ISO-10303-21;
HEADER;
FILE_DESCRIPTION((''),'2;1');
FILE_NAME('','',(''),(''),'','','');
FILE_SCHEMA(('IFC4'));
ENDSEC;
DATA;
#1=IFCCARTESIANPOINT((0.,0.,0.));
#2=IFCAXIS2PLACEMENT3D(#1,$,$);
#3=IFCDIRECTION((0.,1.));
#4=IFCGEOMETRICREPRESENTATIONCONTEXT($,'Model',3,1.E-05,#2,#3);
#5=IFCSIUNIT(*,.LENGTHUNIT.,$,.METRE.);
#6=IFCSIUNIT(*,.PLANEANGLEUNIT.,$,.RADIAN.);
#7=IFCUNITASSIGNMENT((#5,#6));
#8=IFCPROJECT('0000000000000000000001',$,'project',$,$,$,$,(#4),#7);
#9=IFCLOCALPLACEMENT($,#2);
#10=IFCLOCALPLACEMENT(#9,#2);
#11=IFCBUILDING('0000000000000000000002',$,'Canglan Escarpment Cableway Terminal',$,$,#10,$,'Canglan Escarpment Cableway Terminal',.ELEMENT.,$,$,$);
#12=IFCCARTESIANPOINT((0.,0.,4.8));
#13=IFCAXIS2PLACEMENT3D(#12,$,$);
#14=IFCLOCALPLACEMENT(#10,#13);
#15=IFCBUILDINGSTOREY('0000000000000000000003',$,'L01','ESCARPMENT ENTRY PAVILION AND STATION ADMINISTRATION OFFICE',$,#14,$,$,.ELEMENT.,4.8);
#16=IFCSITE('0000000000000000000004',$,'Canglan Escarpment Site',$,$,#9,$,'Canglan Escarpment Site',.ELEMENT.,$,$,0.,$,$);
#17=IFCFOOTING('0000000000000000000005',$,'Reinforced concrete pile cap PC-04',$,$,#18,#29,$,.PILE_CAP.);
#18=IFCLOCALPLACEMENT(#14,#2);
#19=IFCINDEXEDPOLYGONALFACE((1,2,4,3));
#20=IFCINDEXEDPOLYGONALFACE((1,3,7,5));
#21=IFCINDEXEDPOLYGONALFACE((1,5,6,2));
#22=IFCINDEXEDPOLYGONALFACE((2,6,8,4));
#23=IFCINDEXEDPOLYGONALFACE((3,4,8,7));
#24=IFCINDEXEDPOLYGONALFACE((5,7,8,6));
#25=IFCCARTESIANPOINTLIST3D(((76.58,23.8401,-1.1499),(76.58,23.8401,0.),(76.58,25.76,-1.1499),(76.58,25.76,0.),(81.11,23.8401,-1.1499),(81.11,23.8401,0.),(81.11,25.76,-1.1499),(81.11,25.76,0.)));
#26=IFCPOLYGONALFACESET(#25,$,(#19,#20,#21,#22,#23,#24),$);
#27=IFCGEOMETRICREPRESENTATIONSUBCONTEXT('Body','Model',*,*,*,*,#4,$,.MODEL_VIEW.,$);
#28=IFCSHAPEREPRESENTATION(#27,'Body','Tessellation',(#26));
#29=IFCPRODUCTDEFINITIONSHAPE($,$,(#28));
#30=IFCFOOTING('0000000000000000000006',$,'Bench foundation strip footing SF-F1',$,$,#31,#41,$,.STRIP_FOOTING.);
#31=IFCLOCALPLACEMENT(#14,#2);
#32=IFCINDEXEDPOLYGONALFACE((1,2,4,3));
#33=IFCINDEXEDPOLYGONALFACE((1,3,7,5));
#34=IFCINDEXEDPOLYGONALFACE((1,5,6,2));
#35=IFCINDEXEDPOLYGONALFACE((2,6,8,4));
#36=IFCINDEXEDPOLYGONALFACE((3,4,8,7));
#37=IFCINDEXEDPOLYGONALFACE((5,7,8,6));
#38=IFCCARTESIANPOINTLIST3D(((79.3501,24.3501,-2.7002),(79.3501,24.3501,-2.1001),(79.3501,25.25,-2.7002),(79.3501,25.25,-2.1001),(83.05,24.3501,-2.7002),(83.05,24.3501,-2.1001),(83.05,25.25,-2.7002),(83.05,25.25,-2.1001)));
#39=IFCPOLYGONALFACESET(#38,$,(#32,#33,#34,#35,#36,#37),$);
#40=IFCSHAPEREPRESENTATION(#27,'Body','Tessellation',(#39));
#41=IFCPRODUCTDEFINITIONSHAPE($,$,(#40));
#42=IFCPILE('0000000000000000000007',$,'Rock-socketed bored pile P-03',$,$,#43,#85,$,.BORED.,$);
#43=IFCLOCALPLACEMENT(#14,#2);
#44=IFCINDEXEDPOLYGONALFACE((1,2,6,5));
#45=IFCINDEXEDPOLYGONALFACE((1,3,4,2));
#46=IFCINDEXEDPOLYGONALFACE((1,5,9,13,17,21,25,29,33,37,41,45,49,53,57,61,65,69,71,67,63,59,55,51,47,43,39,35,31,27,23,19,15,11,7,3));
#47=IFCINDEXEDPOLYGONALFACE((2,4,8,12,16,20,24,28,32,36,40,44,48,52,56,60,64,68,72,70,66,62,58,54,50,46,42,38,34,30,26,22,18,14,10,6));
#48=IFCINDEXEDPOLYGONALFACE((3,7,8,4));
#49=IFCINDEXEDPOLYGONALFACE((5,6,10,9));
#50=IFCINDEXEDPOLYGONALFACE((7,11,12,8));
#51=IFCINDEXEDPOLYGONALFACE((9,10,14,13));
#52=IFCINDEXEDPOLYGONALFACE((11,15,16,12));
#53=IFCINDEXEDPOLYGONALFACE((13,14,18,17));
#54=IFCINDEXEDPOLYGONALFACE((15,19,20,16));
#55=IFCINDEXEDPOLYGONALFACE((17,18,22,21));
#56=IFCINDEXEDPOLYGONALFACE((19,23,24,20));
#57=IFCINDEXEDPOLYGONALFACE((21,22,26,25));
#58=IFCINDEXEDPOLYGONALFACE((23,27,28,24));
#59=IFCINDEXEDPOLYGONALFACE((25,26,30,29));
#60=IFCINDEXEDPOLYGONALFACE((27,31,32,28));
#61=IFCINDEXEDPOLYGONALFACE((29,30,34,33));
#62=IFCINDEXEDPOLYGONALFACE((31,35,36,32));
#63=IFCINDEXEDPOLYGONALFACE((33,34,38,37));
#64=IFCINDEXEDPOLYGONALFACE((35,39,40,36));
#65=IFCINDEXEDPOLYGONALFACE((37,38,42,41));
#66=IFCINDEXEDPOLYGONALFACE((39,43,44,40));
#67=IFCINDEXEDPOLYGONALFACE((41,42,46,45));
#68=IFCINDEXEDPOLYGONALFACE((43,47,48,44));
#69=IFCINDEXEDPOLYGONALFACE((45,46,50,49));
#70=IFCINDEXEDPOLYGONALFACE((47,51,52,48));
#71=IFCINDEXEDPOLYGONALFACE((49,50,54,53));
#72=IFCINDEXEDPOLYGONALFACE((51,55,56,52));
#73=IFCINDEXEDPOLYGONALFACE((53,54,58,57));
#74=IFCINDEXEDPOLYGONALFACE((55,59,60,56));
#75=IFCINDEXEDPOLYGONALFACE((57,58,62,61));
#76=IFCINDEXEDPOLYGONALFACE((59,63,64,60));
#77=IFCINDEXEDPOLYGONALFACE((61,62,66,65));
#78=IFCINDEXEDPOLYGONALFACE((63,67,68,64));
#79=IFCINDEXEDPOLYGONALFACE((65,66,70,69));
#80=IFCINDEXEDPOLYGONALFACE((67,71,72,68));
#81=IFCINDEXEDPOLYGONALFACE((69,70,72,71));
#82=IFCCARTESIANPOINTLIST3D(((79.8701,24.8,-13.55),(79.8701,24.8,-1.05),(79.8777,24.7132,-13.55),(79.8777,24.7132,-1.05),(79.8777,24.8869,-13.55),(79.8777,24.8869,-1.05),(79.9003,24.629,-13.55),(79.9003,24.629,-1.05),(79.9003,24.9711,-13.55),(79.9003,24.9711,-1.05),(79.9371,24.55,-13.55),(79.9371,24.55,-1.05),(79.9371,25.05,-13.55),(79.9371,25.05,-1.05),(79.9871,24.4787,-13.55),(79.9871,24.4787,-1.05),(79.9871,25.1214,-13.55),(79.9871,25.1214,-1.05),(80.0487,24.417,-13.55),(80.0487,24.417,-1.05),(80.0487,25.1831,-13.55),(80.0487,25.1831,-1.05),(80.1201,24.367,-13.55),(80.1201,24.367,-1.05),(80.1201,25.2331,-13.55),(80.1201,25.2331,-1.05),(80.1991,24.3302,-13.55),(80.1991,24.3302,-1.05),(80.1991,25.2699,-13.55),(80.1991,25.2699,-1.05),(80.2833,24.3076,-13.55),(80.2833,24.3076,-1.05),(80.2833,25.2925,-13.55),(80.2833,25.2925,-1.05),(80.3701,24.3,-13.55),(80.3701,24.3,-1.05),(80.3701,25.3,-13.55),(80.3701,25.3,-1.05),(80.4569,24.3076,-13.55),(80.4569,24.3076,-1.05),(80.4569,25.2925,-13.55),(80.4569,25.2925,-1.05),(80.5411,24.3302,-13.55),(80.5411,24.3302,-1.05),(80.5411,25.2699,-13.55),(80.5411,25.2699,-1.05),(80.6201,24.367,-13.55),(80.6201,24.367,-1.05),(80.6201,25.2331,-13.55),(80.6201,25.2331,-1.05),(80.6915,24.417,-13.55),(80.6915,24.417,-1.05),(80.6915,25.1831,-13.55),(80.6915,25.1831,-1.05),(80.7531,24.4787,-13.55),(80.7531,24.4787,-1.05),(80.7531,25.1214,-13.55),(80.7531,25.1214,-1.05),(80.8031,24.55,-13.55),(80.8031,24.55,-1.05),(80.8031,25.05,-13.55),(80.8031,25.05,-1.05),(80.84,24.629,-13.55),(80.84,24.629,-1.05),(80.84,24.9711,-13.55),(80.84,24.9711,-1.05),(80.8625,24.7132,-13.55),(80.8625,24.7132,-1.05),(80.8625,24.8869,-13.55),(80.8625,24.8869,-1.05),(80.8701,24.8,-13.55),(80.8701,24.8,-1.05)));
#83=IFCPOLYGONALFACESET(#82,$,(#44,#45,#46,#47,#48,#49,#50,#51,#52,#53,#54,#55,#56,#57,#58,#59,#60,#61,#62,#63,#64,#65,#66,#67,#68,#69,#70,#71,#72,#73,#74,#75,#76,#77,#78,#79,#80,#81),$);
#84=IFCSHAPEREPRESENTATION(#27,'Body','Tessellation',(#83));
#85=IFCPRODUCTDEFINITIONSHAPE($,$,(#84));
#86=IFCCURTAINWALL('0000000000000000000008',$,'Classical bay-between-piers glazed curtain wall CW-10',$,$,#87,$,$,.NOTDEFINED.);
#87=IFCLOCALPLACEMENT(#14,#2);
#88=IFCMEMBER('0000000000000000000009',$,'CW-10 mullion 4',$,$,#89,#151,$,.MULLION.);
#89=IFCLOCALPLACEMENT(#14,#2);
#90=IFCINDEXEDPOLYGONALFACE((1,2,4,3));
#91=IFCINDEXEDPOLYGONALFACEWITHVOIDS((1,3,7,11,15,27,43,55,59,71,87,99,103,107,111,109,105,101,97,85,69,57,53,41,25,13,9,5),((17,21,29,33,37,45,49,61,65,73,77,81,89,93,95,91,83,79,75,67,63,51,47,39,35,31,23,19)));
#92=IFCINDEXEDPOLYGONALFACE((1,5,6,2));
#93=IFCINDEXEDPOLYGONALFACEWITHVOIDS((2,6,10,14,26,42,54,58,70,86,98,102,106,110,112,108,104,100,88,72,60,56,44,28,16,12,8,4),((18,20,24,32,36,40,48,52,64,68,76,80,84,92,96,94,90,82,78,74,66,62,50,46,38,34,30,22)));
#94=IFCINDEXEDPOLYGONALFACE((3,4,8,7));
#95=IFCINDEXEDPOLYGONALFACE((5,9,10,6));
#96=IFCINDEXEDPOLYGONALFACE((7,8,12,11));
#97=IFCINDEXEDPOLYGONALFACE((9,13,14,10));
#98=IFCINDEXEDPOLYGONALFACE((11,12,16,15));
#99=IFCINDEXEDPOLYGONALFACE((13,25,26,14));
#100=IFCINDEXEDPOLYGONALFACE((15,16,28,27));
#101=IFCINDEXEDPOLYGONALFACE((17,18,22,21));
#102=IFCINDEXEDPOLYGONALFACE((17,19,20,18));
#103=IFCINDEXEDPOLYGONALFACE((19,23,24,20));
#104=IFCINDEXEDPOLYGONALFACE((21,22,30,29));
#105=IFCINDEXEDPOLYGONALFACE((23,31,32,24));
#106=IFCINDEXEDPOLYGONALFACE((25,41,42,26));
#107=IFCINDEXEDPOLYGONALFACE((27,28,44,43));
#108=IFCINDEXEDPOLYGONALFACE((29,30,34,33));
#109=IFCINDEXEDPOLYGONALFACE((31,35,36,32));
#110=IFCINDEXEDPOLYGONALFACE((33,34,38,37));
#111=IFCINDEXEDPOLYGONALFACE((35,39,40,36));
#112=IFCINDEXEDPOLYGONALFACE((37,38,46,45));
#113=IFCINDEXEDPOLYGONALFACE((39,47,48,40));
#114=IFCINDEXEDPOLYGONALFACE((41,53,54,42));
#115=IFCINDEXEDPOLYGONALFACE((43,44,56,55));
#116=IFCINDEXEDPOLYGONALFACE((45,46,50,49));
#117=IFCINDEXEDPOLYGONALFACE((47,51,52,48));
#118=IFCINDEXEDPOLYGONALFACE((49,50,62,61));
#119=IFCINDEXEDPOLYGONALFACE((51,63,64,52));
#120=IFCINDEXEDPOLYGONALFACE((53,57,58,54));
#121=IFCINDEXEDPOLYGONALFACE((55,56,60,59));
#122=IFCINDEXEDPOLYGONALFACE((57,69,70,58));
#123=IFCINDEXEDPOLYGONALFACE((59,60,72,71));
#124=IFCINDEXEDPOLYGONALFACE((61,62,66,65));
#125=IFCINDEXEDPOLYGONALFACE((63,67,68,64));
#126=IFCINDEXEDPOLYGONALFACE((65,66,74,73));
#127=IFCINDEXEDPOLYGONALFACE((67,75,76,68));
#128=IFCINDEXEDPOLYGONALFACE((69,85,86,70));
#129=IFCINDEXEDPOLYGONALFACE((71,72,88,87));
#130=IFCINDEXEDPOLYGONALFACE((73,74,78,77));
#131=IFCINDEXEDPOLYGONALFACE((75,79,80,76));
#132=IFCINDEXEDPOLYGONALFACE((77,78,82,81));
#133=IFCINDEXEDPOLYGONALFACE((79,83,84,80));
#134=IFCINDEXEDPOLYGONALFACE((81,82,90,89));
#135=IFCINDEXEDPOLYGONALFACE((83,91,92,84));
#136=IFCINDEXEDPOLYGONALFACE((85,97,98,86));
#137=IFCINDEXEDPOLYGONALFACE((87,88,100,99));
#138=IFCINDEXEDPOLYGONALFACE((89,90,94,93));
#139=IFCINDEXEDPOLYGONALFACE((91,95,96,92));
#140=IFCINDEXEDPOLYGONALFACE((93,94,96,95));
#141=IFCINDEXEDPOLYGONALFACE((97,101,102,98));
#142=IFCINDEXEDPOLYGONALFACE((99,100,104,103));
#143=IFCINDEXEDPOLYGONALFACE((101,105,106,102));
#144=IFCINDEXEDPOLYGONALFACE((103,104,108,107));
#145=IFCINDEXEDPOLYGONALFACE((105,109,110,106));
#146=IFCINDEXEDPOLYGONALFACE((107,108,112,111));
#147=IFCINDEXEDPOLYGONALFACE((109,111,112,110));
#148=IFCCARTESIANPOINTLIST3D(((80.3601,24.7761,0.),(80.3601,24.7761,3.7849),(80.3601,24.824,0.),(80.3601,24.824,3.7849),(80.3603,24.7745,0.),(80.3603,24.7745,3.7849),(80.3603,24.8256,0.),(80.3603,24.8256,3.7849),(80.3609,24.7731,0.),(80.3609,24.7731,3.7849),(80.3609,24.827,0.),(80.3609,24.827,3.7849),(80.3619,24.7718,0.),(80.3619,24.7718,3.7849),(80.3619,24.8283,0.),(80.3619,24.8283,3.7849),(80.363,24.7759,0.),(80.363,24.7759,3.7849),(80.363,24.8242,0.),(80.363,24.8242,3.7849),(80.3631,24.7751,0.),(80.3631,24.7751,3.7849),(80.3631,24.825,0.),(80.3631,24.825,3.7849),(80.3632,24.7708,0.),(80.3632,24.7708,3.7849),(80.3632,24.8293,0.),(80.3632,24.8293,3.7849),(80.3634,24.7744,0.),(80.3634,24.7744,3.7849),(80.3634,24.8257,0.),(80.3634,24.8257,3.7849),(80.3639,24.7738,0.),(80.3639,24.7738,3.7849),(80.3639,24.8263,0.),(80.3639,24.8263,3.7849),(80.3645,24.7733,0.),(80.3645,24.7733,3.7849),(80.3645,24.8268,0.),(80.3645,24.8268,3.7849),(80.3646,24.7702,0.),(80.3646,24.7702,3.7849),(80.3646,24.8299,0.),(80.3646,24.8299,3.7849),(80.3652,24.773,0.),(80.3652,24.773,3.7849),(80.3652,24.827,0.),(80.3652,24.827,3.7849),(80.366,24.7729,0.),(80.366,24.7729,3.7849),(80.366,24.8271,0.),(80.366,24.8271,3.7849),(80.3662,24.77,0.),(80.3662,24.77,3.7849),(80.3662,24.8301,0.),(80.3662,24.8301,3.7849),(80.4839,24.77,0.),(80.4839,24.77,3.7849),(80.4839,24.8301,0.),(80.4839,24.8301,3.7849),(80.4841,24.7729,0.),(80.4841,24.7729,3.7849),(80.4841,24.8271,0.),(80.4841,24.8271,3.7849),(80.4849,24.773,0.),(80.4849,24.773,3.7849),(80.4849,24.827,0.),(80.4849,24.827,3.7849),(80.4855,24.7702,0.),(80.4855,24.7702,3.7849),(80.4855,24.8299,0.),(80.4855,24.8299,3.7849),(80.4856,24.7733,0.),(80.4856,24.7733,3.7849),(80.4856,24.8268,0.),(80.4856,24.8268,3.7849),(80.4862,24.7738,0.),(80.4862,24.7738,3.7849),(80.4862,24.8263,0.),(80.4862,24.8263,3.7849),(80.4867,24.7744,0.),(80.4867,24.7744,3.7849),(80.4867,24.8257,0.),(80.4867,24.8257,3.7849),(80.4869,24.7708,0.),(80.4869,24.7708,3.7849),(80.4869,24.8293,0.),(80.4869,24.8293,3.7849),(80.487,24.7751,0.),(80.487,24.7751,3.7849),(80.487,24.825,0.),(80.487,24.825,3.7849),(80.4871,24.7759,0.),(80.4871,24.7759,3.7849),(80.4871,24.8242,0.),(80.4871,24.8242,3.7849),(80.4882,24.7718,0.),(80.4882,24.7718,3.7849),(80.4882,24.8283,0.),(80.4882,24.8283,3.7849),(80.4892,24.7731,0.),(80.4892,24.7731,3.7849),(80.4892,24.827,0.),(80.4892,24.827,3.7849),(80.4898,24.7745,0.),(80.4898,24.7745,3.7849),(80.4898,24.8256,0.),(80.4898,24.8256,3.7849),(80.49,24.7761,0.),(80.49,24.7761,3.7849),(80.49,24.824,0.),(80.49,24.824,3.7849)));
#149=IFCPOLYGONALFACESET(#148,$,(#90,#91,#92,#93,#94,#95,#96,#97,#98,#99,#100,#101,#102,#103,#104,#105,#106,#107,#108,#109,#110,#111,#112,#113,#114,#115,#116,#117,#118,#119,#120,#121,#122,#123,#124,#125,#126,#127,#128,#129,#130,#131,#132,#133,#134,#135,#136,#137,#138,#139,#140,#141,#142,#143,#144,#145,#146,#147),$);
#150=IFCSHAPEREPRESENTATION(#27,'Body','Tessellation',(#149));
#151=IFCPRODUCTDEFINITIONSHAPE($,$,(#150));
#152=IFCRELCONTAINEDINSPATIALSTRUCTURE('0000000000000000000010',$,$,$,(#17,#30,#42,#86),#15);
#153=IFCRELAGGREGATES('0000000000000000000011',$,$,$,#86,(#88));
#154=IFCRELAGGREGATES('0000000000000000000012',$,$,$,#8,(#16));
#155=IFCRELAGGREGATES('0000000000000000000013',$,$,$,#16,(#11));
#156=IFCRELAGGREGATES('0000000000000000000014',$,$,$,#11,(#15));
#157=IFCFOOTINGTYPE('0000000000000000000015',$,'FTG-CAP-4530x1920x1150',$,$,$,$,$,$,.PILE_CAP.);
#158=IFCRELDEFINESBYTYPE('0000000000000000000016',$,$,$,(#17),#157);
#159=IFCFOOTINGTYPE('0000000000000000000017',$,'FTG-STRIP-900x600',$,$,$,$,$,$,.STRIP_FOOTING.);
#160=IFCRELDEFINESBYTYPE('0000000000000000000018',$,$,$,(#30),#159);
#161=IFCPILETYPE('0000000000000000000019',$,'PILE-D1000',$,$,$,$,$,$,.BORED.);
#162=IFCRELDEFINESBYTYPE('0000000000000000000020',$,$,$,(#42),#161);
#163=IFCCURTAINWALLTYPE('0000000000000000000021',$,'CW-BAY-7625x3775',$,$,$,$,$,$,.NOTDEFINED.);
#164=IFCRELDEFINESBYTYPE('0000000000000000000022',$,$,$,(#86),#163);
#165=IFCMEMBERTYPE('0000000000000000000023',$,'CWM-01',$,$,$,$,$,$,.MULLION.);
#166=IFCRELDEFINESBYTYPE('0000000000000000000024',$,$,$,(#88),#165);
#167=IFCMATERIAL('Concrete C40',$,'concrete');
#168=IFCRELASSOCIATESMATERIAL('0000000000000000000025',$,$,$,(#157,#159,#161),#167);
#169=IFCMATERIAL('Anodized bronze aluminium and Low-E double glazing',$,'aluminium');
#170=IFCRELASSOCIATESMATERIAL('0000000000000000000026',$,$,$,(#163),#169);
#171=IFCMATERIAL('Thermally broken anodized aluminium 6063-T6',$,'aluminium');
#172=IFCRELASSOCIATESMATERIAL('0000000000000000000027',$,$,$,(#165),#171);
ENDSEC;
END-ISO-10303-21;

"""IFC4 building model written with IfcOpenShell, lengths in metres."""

from ifc_helpers import new_model, si_unit, direction, frame, origin, origin_2d, place, context, subcontext, project, spatial, rectangle, hollow_rectangle, circle, extrude, material, material_profile, profile_set, type_object, element, aggregate, save


model = new_model("IFC4")

# Units and contexts
model_context = context("Model", 3, precision=1e-05, world=origin(), true_north=direction((0.0, 1.0)))
body_context = subcontext(model_context, "Body", "Model", "MODEL_VIEW")
ifc_project = project(units=[si_unit("LENGTHUNIT", "METRE"), si_unit("PLANEANGLEUNIT", "RADIAN")], contexts=[model_context])

# Site, building, storey
site_placement = place(None, origin())
site = spatial("IfcSite", under=ifc_project, at=site_placement, Name="Canglan Escarpment Site", LongName="Canglan Escarpment Site", CompositionType="ELEMENT", RefElevation=0.0)
building_placement = place(site_placement, origin())
building = spatial("IfcBuilding", under=site, at=building_placement, Name="Canglan Escarpment Cableway Terminal", LongName="Canglan Escarpment Cableway Terminal", CompositionType="ELEMENT")
storey_placement = place(building_placement, frame((0.0, 0.0, 4.8)))
storey = spatial("IfcBuildingStorey", under=building, at=storey_placement, Name="L01", Description="ESCARPMENT ENTRY PAVILION AND STATION ADMINISTRATION OFFICE", CompositionType="ELEMENT", Elevation=4.8)

# Footings
ifc_material_1 = material(Name="Concrete C40", Category="concrete")
footing_type_1 = type_object("IfcFootingType", Name="FTG-CAP-4530x1920x1150", PredefinedType="PILE_CAP", material=ifc_material_1)
footing_1_placement = place(storey_placement, frame((78.845, 24.8, -1.1499), z_axis=(0.0, 0.0, 1.0), x_axis=(1.0, 0.0, 0.0)))
element("IfcFooting", 1, at=footing_1_placement, inside=storey, type_object=footing_type_1, Name="Reinforced concrete pile cap PC-04", PredefinedType="PILE_CAP", context=body_context, shape_type="SweptSolid", body=[
    extrude(rectangle(XDim=4.53, YDim=1.9199, at=origin_2d()), origin(), (0.0, 0.0, 1.0), 1.1499),
])
ifc_material_profile_1 = material_profile(ifc_material_1, rectangle(XDim=0.8999, YDim=0.6001, at=origin_2d()), Name="SF 900x600")
ifc_profile_set_1 = profile_set([ifc_material_profile_1], Name="Concrete C40")
footing_type_2 = type_object("IfcFootingType", Name="FTG-STRIP-900x600", PredefinedType="STRIP_FOOTING", material=ifc_profile_set_1)
footing_2_placement = place(storey_placement, frame((79.3501, 24.8, -2.4001), z_axis=(1.0, 0.0, 0.0), x_axis=(0.0, 1.0, 0.0)))
element("IfcFooting", 2, at=footing_2_placement, inside=storey, type_object=footing_type_2, Name="Bench foundation strip footing SF-F1", PredefinedType="STRIP_FOOTING", context=body_context, shape_type="SweptSolid", body=[
    extrude(rectangle(XDim=0.8999, YDim=0.6001, at=origin_2d()), origin(), (0.0, 0.0, 1.0), 3.7),
])

# Pile
ifc_material_profile_2 = material_profile(ifc_material_1, circle(Radius=0.5, at=origin_2d()), Name="BORED PILE D1000")
ifc_profile_set_2 = profile_set([ifc_material_profile_2], Name="Concrete C40")
pile_type = type_object("IfcPileType", Name="PILE-D1000", PredefinedType="BORED", material=ifc_profile_set_2)
pile_placement = place(storey_placement, frame((80.3701, 24.8, -1.05), z_axis=(0.0, 0.0, -1.0), x_axis=(1.0, 0.0, 0.0)))
element("IfcPile", 3, at=pile_placement, inside=storey, type_object=pile_type, Name="Rock-socketed bored pile P-03", PredefinedType="BORED", context=body_context, shape_type="SweptSolid", body=[
    extrude(circle(Radius=0.5, at=origin_2d()), origin(), (0.0, 0.0, 1.0), 12.5),
])

# Curtain wall, member
ifc_material_2 = material(Name="Anodized bronze aluminium and Low-E double glazing", Category="aluminium")
curtain_wall_type = type_object("IfcCurtainWallType", Name="CW-BAY-7625x3775", PredefinedType="NOTDEFINED", material=ifc_material_2)
curtain_wall_placement = place(storey_placement, origin())
curtain_wall = element("IfcCurtainWall", 4, at=curtain_wall_placement, inside=storey, type_object=curtain_wall_type, Name="Classical bay-between-piers glazed curtain wall CW-10", PredefinedType="NOTDEFINED")
ifc_material_3 = material(Name="Thermally broken anodized aluminium 6063-T6", Category="aluminium")
ifc_material_profile_3 = material_profile(ifc_material_3, hollow_rectangle(XDim=0.0601, YDim=0.1299, WallThickness=0.0029, InnerFilletRadius=0.0029, OuterFilletRadius=0.0061, at=origin_2d()), Name="ALU-MULL 60x130x3")
ifc_profile_set_3 = profile_set([ifc_material_profile_3], Name="Thermally broken anodized aluminium 6063-T6")
member_type_1 = type_object("IfcMemberType", Name="CWM-01", PredefinedType="MULLION", material=ifc_profile_set_3)
member_1_placement = place(storey_placement, frame((80.425, 24.8, 0.0), z_axis=(0.0, 0.0, 1.0), x_axis=(0.0, -1.0, 0.0)))
member_1 = element("IfcMember", 5, at=member_1_placement, type_object=member_type_1, Name="CW-10 mullion 4", PredefinedType="MULLION", context=body_context, shape_type="SweptSolid", body=[
    extrude(hollow_rectangle(XDim=0.0601, YDim=0.1299, WallThickness=0.0029, InnerFilletRadius=0.0029, OuterFilletRadius=0.0061, at=origin_2d()), origin(), (0.0, 0.0, 1.0), 3.7849),
])
aggregate(curtain_wall, [member_1])

save(model, "model.ifc")
